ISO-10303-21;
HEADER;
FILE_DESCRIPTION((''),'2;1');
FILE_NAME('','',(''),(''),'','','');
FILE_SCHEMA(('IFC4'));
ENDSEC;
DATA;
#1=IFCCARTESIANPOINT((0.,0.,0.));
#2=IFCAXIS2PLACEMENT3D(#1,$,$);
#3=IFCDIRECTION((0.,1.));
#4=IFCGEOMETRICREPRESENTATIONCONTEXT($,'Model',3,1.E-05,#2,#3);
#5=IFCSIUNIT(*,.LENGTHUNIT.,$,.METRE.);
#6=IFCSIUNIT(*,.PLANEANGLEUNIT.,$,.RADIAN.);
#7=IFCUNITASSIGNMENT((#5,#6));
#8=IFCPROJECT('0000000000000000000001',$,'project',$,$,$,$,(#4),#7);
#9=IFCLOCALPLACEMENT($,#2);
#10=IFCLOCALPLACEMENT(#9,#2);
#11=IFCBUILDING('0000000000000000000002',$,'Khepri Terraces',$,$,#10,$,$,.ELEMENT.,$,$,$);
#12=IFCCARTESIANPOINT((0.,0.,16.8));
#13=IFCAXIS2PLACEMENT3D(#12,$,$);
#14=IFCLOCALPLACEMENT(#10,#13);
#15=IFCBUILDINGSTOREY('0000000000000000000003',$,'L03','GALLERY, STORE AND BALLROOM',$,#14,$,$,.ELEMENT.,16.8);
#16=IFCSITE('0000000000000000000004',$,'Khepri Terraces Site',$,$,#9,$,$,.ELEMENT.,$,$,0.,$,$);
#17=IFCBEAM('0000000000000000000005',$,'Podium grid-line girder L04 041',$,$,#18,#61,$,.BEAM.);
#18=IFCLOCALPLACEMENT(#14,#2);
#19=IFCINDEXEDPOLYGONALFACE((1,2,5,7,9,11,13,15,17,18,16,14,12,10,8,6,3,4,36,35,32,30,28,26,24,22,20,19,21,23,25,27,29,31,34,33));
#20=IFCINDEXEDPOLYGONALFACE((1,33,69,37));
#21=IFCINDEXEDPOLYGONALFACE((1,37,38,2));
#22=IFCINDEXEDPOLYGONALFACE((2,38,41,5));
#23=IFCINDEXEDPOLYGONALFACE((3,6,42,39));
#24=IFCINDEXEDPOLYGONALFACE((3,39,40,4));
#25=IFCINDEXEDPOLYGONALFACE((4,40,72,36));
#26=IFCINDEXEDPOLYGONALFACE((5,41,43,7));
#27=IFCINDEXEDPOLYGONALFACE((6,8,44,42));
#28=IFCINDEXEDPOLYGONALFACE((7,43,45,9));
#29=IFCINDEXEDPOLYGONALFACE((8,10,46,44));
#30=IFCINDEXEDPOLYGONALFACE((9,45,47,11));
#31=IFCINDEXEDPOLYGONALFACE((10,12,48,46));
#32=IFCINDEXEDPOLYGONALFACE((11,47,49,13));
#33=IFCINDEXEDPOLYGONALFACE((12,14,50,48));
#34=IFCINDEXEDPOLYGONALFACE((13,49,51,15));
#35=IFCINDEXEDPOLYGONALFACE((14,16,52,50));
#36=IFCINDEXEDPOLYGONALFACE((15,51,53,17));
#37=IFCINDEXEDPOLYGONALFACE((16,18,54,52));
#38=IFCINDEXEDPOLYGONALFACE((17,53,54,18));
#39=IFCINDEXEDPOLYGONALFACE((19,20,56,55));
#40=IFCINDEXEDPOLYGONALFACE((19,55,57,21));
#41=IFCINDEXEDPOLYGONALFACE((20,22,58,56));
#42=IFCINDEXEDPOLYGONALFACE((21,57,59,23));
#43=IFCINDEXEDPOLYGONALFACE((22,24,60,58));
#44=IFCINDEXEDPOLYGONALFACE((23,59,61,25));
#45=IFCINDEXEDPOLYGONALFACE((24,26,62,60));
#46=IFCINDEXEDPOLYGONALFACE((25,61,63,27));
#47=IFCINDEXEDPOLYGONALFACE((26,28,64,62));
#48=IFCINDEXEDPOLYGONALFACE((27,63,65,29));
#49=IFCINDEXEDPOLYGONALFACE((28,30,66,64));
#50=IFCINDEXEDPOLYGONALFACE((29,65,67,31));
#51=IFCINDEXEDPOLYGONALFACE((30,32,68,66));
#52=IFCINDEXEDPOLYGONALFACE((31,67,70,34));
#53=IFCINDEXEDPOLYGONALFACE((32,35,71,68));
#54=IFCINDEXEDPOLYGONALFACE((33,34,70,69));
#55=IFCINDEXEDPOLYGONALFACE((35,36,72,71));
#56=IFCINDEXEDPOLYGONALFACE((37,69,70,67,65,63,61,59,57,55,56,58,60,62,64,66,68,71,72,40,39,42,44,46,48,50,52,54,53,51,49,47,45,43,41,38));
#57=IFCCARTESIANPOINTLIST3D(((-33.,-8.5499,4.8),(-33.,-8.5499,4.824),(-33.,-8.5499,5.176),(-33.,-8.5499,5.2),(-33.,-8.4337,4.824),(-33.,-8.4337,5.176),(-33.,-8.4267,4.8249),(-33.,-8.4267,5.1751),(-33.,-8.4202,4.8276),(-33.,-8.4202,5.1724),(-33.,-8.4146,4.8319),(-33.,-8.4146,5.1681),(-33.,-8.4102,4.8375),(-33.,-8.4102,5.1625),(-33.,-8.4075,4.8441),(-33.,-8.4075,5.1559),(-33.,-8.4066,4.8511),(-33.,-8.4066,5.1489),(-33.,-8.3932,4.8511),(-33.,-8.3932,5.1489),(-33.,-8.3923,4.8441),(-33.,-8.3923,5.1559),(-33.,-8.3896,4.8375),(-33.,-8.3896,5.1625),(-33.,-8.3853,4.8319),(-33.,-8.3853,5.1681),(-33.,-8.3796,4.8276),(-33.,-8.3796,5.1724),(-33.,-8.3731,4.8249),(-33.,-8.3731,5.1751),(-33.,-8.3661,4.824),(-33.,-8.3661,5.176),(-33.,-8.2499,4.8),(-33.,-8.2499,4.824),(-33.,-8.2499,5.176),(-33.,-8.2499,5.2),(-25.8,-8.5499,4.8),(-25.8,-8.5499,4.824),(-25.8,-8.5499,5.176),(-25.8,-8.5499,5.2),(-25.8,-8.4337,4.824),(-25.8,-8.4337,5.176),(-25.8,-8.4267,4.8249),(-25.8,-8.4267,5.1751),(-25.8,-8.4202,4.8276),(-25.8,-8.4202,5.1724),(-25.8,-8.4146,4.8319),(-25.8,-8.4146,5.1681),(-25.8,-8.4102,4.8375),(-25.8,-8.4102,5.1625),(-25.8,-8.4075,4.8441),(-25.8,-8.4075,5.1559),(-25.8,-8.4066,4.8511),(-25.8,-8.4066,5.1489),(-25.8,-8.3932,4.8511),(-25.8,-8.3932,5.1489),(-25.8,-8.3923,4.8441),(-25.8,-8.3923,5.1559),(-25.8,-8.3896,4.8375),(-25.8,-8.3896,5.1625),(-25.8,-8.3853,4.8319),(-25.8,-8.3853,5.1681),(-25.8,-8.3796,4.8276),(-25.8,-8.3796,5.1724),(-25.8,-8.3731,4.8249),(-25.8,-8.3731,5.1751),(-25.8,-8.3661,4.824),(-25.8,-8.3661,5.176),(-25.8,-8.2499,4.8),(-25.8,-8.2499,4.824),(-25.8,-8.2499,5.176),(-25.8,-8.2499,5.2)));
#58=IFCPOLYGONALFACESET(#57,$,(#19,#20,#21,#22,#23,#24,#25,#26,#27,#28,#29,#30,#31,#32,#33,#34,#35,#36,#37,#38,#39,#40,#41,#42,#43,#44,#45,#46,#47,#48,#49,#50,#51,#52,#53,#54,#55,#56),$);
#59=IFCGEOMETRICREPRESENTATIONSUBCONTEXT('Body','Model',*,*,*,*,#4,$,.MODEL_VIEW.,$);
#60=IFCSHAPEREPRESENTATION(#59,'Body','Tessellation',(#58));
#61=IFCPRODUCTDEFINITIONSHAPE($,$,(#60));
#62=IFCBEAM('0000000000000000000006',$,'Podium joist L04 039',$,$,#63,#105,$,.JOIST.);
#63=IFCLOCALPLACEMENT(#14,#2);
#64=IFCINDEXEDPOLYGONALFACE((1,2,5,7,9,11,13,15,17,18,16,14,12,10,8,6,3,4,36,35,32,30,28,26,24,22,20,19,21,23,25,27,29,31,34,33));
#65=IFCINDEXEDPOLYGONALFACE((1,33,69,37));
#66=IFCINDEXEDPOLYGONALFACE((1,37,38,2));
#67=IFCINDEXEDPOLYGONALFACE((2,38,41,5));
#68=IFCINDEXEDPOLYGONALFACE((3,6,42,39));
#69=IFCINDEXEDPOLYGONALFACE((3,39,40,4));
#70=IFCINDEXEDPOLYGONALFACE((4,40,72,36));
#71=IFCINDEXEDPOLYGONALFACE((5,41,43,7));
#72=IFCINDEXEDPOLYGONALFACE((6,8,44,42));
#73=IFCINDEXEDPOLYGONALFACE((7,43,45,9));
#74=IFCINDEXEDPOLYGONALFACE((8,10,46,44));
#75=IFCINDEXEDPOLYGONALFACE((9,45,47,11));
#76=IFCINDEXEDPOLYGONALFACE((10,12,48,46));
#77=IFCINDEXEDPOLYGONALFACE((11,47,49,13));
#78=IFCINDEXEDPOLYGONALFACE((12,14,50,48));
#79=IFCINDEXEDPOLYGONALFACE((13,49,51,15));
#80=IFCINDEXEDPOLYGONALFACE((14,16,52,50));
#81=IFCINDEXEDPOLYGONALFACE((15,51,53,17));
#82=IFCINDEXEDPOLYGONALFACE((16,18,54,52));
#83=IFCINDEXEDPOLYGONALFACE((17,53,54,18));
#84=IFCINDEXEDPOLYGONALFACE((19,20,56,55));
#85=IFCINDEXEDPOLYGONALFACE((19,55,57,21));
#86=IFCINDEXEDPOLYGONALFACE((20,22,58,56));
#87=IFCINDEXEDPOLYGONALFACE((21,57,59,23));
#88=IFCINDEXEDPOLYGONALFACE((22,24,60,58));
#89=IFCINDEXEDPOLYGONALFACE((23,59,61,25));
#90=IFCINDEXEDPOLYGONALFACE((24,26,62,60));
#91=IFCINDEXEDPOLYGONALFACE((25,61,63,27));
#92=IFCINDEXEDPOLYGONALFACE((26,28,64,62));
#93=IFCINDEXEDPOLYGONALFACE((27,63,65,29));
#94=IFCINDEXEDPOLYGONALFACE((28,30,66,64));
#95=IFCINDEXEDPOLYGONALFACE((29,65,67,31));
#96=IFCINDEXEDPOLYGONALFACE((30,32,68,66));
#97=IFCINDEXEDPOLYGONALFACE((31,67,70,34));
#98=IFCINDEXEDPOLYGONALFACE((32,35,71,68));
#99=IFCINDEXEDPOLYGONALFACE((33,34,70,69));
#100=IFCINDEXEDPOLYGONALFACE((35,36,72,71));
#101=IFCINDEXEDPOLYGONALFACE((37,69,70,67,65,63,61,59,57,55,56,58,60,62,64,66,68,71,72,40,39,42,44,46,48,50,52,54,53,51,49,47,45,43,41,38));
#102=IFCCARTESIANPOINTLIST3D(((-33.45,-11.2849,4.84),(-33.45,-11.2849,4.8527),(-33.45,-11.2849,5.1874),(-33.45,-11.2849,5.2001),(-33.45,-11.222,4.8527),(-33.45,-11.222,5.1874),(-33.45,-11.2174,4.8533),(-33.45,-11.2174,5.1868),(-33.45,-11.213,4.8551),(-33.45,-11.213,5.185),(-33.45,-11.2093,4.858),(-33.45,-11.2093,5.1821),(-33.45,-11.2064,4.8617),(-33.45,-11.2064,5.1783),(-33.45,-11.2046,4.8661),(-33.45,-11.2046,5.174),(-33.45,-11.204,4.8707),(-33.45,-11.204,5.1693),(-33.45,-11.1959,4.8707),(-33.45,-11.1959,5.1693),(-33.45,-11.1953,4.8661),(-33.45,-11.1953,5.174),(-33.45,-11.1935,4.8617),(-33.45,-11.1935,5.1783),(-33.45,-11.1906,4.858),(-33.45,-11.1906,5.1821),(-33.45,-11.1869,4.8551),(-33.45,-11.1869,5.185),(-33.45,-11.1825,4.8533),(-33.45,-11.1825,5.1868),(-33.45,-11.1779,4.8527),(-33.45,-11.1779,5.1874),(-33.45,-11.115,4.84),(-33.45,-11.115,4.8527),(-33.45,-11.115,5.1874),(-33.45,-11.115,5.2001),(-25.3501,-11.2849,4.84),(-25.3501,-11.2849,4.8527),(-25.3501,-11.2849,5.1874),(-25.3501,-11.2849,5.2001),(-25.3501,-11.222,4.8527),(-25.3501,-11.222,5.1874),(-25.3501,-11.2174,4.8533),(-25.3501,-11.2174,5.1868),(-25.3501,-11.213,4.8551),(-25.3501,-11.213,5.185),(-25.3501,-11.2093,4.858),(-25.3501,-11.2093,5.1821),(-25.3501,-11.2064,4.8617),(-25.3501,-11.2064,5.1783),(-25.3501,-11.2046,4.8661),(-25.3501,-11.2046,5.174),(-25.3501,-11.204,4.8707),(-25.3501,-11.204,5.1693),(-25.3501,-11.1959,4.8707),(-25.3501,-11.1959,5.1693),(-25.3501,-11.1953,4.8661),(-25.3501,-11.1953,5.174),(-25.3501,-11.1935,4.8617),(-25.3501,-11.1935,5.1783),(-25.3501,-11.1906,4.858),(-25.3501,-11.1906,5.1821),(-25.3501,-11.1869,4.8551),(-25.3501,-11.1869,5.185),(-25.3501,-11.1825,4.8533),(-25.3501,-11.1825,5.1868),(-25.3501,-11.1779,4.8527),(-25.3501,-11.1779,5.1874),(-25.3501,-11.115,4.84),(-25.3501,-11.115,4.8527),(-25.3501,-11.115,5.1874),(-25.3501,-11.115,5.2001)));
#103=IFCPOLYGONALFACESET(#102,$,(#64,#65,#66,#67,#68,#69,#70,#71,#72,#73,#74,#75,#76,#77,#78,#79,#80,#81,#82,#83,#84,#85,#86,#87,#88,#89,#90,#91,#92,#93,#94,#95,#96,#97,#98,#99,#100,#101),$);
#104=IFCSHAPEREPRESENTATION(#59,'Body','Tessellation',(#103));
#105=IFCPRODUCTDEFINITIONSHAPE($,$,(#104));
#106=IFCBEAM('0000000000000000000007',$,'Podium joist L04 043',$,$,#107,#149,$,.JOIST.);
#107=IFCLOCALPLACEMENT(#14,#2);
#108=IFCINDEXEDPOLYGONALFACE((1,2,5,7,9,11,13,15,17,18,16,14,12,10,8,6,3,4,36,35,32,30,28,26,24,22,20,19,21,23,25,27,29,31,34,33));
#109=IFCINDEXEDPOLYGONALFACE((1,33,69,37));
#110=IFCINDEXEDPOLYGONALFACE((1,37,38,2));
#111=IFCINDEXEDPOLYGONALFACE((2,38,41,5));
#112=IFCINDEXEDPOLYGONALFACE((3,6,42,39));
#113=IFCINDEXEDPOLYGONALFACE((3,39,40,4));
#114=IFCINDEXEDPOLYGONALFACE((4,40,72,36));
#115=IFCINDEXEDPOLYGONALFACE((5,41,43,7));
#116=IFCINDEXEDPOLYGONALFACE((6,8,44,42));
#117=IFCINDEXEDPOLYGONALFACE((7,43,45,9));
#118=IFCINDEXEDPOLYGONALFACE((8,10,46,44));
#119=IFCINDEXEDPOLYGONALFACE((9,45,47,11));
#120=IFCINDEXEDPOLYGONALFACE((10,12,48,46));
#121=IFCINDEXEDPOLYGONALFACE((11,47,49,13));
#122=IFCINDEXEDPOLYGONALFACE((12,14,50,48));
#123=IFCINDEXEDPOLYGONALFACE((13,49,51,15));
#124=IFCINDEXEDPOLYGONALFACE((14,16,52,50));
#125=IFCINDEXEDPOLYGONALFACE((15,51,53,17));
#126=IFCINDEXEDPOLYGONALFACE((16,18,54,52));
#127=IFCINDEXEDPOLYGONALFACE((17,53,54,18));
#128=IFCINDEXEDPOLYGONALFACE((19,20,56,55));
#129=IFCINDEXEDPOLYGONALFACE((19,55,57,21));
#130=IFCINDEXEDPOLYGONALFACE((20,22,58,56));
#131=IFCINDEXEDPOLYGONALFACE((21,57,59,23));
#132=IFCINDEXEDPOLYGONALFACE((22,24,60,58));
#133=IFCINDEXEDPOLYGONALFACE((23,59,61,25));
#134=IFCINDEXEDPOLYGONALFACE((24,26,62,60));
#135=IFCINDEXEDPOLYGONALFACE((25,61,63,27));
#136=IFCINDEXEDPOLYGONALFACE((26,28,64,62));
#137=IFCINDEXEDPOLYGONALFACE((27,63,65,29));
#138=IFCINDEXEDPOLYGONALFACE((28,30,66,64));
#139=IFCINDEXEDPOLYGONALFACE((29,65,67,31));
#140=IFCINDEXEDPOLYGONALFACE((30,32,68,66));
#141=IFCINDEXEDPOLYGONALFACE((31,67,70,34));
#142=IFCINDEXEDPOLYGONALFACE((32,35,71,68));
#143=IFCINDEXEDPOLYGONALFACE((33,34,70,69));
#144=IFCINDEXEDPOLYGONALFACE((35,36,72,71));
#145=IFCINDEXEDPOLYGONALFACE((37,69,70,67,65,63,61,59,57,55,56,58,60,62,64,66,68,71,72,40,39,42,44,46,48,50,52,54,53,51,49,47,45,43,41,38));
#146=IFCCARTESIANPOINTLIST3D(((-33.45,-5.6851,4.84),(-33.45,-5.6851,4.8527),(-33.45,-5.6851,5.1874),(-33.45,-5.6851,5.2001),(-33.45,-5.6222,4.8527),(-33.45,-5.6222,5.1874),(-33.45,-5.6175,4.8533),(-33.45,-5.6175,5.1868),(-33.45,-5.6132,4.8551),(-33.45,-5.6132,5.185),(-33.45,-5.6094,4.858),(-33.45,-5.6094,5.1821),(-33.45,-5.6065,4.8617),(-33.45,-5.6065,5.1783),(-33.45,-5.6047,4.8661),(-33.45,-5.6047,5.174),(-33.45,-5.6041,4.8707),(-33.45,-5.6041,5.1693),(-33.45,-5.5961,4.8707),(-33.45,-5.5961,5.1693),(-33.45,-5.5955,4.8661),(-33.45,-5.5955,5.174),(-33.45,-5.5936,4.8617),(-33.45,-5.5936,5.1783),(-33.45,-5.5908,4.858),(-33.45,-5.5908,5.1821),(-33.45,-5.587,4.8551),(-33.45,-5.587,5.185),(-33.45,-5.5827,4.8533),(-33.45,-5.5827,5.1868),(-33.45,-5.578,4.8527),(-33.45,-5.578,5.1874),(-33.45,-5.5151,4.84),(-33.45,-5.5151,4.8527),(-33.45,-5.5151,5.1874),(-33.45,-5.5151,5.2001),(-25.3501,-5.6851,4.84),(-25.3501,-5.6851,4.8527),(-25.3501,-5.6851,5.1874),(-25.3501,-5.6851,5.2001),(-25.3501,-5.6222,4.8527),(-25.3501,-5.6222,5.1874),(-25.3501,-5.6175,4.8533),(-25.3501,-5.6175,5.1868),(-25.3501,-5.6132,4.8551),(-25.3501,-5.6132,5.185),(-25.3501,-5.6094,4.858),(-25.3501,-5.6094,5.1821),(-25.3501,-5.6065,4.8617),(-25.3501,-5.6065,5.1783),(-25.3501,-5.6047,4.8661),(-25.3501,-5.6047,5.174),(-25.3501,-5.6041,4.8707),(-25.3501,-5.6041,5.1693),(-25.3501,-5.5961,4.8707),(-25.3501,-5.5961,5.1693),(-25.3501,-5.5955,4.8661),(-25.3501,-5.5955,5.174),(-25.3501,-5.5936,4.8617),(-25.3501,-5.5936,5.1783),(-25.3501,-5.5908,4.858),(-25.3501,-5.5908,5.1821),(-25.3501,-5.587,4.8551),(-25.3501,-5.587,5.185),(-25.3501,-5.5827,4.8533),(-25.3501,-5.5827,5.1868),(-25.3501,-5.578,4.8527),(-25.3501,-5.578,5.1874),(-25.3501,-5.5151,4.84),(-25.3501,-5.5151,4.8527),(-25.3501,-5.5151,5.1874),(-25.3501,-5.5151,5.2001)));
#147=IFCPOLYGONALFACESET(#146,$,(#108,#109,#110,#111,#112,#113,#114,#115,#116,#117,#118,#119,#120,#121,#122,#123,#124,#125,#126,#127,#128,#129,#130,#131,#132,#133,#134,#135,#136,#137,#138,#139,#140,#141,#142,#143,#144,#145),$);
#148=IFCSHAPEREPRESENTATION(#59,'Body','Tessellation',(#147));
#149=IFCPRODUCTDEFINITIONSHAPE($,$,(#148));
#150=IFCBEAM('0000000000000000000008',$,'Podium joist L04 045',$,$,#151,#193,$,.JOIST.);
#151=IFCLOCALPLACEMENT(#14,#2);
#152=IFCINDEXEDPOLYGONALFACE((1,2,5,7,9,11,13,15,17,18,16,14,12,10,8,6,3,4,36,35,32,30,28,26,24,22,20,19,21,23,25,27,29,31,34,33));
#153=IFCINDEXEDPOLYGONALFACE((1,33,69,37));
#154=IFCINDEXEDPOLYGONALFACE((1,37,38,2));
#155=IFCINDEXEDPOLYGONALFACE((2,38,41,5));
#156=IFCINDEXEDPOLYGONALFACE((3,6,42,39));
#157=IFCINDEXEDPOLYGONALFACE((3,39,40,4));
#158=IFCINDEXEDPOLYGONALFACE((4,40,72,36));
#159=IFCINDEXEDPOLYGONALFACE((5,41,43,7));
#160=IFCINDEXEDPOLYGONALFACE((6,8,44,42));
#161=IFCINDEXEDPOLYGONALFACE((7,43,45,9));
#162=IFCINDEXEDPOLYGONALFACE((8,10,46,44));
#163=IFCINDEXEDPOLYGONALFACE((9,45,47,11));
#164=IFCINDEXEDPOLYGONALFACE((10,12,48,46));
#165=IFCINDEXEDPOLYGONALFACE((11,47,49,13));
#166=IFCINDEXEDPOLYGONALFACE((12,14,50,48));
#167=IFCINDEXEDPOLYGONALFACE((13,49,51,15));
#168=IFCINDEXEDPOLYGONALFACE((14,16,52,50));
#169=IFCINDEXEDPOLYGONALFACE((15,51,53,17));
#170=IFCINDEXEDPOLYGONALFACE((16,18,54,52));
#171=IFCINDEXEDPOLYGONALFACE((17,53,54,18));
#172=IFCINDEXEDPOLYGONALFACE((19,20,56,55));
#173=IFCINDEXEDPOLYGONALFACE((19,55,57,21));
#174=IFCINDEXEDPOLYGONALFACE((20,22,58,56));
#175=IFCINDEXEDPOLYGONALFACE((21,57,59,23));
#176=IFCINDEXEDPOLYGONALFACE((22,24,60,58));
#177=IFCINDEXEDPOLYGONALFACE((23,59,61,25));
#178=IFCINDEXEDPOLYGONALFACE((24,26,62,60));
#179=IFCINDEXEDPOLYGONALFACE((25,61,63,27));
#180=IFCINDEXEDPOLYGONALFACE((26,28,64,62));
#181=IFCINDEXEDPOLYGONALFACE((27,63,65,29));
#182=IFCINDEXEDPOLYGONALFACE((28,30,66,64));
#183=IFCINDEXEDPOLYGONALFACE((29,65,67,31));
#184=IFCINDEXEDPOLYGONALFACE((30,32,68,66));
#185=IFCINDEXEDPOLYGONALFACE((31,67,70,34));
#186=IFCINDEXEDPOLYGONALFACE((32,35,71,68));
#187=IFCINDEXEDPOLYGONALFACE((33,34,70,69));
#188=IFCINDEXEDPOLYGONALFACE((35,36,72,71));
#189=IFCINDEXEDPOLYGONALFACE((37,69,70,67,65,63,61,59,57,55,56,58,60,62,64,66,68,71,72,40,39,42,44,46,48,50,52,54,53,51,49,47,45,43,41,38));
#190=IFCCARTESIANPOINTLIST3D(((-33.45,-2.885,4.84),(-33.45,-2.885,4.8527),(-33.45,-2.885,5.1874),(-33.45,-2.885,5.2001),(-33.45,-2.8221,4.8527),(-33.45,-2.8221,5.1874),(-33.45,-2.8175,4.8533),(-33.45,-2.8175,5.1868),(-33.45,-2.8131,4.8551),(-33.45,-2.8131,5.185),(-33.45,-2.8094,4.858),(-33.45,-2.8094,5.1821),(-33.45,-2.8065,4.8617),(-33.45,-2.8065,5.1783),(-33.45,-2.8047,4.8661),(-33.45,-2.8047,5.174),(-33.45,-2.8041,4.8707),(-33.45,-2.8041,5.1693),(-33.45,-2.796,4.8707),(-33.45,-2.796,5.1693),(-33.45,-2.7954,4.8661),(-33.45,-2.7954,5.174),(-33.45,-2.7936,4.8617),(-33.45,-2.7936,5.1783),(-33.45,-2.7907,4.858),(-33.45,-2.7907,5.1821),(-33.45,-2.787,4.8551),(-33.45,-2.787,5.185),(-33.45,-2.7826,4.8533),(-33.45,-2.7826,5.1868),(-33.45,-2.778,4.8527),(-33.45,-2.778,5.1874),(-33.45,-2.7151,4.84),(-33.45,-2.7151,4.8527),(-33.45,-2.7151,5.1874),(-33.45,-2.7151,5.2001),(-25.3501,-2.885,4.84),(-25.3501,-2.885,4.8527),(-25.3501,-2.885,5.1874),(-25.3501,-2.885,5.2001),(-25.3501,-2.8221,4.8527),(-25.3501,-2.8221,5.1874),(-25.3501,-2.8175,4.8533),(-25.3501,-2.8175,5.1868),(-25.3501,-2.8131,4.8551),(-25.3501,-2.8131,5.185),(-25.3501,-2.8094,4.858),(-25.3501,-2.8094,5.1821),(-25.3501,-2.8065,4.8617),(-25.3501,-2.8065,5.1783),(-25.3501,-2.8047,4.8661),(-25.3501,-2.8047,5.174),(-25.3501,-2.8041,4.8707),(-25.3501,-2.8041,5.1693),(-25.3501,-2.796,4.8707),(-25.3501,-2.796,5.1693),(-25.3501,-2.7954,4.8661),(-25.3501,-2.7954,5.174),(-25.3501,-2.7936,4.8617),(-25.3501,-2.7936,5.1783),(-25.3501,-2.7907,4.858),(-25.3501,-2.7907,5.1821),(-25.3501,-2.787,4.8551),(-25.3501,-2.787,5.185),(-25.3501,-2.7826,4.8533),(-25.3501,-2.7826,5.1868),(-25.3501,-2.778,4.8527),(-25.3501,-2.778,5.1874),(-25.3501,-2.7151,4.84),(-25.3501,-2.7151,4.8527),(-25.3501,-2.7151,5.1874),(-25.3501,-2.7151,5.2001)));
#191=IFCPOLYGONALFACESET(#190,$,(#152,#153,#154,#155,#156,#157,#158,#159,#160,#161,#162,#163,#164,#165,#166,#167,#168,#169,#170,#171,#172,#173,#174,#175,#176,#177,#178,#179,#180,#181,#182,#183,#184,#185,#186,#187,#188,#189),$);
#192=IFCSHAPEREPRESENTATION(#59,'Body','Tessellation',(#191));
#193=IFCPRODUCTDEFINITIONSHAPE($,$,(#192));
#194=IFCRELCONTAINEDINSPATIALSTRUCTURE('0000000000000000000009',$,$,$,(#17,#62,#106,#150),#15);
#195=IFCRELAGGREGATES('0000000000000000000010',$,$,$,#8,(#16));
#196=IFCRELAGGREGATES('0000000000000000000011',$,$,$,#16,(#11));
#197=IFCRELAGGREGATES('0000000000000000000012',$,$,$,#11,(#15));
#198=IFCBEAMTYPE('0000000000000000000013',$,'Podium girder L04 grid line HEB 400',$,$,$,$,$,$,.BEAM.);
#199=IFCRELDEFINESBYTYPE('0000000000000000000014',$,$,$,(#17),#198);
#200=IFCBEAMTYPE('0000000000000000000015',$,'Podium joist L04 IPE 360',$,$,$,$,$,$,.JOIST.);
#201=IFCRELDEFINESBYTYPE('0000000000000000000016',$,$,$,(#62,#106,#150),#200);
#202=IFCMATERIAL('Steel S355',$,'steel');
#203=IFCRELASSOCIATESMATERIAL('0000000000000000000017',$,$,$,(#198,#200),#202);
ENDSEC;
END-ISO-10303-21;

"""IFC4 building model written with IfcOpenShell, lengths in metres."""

from ifc_helpers import new_model, si_unit, direction, frame, origin, origin_2d, place, context, subcontext, project, spatial, i_section, extrude, material, material_profile, profile_set, type_object, element, save


model = new_model("IFC4")

# Units and contexts
model_context = context("Model", 3, precision=1e-05, world=origin(), true_north=direction((0.0, 1.0)))
body_context = subcontext(model_context, "Body", "Model", "MODEL_VIEW")
ifc_project = project(units=[si_unit("LENGTHUNIT", "METRE"), si_unit("PLANEANGLEUNIT", "RADIAN")], contexts=[model_context])

# Site, building, storey
site_placement = place(None, origin())
site = spatial("IfcSite", under=ifc_project, at=site_placement, Name="Khepri Terraces Site", CompositionType="ELEMENT", RefElevation=0.0)
building_placement = place(site_placement, origin())
building = spatial("IfcBuilding", under=site, at=building_placement, Name="Khepri Terraces", CompositionType="ELEMENT")
storey_placement = place(building_placement, frame((0.0, 0.0, 16.8)))
storey = spatial("IfcBuildingStorey", under=building, at=storey_placement, Name="L03", Description="GALLERY, STORE AND BALLROOM", CompositionType="ELEMENT", Elevation=16.8)

# Beams
ifc_material_1 = material(Name="Steel S355", Category="steel")
ifc_material_profile_1 = material_profile(ifc_material_1, i_section(OverallWidth=0.3, OverallDepth=0.3999, WebThickness=0.0134, FlangeThickness=0.0239, FilletRadius=0.0271, at=origin_2d()), Name="Steel S355", Category="steel")
ifc_profile_set_1 = profile_set([ifc_material_profile_1], Name="Steel S355")
beam_type_1 = type_object("IfcBeamType", Name="Podium girder L04 grid line HEB 400", PredefinedType="BEAM", material=ifc_profile_set_1)
beam_1_placement = place(storey_placement, frame((-33.0, -8.3999, 5.0), z_axis=(1.0, 0.0, 0.0), x_axis=(0.0, 1.0, 0.0)))
element("IfcBeam", 1, at=beam_1_placement, inside=storey, type_object=beam_type_1, Name="Podium grid-line girder L04 041", PredefinedType="BEAM", context=body_context, shape_type="SweptSolid", body=[
    extrude(i_section(OverallWidth=0.3, OverallDepth=0.3999, WebThickness=0.0134, FlangeThickness=0.0239, FilletRadius=0.0271, at=origin_2d()), origin(), (0.0, 0.0, 1.0), 7.2),
])
ifc_material_profile_2 = material_profile(ifc_material_1, i_section(OverallWidth=0.1699, OverallDepth=0.3601, WebThickness=0.0081, FlangeThickness=0.0127, FilletRadius=0.0181, at=origin_2d()), Name="Steel S355", Category="steel")
ifc_profile_set_2 = profile_set([ifc_material_profile_2], Name="Steel S355")
beam_type_2 = type_object("IfcBeamType", Name="Podium joist L04 IPE 360", PredefinedType="JOIST", material=ifc_profile_set_2)
for number, where, z_axis, x_axis, name in (
    (2, (-33.45, -11.2, 5.02), (1.0, 0.0, 0.0), (0.0, 1.0, 0.0), "Podium joist L04 039"),
    (3, (-33.45, -5.6001, 5.02), (1.0, 0.0, 0.0), (0.0, 1.0, 0.0), "Podium joist L04 043"),
    (4, (-33.45, -2.8, 5.02), (1.0, 0.0, 0.0), (0.0, 1.0, 0.0), "Podium joist L04 045"),
):
    element("IfcBeam", number, at=place(storey_placement, frame(where, z_axis=z_axis, x_axis=x_axis)), inside=storey, type_object=beam_type_2, Name=name, PredefinedType="JOIST", context=body_context, shape_type="SweptSolid", body=[
        extrude(i_section(OverallWidth=0.1699, OverallDepth=0.3601, WebThickness=0.0081, FlangeThickness=0.0127, FilletRadius=0.0181, at=origin_2d()), origin(), (0.0, 0.0, 1.0), 8.0999),
    ])

save(model, "model.ifc")
